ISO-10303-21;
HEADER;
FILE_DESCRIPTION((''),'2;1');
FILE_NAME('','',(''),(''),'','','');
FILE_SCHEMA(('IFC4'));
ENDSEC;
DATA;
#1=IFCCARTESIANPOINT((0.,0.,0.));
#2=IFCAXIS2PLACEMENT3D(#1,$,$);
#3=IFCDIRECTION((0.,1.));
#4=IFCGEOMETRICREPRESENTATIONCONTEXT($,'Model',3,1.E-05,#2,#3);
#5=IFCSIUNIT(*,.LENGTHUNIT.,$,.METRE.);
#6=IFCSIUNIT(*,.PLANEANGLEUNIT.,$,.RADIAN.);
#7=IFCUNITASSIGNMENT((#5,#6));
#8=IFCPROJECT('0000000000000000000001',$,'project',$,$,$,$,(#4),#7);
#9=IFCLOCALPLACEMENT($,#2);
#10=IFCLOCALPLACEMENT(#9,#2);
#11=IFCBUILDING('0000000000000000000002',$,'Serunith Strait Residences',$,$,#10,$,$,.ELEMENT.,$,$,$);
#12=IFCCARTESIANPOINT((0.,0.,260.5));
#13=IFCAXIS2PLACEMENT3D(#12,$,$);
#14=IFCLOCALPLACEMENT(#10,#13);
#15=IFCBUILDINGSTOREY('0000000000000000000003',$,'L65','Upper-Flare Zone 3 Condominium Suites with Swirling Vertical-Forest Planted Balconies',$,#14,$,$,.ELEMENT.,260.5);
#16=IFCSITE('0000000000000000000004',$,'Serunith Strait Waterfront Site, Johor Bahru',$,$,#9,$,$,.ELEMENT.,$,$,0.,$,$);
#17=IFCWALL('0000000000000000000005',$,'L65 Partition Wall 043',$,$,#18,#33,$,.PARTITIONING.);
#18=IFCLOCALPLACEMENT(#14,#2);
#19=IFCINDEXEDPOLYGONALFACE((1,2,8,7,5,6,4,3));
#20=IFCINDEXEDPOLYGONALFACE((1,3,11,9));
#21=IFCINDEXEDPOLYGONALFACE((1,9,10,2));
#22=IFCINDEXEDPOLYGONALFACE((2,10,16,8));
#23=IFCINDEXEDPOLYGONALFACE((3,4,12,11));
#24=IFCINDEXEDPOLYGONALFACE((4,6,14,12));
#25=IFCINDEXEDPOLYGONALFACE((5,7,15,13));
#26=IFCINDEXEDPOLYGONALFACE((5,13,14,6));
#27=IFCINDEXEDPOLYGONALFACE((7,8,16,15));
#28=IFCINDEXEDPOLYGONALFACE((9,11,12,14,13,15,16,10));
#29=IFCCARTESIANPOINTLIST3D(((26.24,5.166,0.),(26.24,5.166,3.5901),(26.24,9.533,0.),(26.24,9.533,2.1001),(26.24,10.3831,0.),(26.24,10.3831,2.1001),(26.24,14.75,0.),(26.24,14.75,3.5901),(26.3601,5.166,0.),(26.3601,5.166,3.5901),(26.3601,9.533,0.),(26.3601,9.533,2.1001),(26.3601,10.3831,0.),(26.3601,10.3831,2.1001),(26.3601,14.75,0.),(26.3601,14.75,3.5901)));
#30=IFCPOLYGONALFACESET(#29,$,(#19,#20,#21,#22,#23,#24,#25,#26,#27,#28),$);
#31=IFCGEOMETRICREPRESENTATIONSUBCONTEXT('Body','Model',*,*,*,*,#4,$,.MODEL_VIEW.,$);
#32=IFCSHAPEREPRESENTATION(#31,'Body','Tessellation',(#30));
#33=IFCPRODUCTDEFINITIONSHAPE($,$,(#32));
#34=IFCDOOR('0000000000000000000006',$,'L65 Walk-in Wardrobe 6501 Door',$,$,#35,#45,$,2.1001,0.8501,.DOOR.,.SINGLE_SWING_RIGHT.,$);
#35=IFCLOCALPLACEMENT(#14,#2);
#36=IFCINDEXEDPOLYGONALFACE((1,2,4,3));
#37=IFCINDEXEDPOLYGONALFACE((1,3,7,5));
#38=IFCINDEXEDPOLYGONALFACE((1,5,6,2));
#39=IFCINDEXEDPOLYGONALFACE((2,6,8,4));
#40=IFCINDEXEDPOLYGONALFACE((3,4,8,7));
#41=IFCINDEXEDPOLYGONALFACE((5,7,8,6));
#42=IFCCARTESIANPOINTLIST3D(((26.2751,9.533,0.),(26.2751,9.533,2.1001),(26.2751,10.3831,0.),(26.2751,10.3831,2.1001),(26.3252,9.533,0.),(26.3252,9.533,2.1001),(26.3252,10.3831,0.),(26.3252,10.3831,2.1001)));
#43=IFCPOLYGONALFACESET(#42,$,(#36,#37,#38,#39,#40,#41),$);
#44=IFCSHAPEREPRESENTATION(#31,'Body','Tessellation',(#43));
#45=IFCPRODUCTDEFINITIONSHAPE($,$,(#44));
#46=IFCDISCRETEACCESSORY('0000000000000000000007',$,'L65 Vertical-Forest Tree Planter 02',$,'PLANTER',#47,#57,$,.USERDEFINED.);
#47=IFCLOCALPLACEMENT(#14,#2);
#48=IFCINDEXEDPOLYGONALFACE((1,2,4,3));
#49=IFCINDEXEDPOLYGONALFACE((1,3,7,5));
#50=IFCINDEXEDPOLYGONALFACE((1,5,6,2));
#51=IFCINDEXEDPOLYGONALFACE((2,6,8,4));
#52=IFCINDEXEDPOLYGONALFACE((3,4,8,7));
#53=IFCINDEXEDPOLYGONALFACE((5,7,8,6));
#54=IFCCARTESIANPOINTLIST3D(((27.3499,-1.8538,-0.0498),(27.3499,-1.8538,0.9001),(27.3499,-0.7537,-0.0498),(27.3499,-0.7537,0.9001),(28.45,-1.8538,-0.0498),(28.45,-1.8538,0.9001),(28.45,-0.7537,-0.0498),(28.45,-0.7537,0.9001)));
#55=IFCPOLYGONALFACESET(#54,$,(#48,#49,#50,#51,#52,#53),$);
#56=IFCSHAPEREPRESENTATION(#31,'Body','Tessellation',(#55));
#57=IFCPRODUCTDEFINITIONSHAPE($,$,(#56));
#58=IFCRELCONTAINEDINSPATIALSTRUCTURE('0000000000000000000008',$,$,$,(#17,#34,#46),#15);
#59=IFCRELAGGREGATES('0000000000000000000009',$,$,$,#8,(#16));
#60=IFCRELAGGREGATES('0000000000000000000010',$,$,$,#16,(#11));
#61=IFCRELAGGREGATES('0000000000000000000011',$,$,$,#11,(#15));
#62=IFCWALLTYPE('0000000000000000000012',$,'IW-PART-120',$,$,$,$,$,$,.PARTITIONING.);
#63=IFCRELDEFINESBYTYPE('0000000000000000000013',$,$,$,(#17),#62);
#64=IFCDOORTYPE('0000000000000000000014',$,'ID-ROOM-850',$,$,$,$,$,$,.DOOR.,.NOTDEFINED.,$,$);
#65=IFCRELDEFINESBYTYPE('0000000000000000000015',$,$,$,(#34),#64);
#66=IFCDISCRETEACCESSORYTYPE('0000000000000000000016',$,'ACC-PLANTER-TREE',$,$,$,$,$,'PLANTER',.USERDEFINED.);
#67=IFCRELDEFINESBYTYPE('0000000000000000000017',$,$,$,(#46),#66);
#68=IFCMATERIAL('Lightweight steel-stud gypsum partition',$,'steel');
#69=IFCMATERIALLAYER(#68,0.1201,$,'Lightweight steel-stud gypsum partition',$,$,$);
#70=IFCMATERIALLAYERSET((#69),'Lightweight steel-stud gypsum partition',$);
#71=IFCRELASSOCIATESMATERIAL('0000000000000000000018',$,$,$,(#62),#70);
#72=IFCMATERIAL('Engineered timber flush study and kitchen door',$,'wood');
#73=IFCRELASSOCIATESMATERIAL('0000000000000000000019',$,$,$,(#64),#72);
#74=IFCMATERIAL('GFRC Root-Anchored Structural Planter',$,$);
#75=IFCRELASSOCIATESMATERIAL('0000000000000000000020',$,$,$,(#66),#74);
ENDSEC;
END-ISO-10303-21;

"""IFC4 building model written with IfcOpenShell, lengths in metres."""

from ifc_helpers import new_model, si_unit, direction, frame, frame_2d, origin, origin_2d, place, context, subcontext, project, spatial, rectangle, extrude, source, transform, mapped, material, layer, layer_set, type_object, element, fill, save


model = new_model("IFC4")

# Units and contexts
model_context = context("Model", 3, precision=1e-05, world=origin(), true_north=direction((0.0, 1.0)))
body_context = subcontext(model_context, "Body", "Model", "MODEL_VIEW")
ifc_project = project(units=[si_unit("LENGTHUNIT", "METRE"), si_unit("PLANEANGLEUNIT", "RADIAN")], contexts=[model_context])

# Site, building, storey
site_placement = place(None, origin())
site = spatial("IfcSite", under=ifc_project, at=site_placement, Name="Serunith Strait Waterfront Site, Johor Bahru", CompositionType="ELEMENT", RefElevation=0.0)
building_placement = place(site_placement, origin())
building = spatial("IfcBuilding", under=site, at=building_placement, Name="Serunith Strait Residences", CompositionType="ELEMENT")
storey_placement = place(building_placement, frame((0.0, 0.0, 260.5)))
storey = spatial("IfcBuildingStorey", under=building, at=storey_placement, Name="L65", Description="Upper-Flare Zone 3 Condominium Suites with Swirling Vertical-Forest Planted Balconies", CompositionType="ELEMENT", Elevation=260.5)

# Shared definitions
ifc_material_1 = material(Name="Lightweight steel-stud gypsum partition", Category="steel")
ifc_layer_1 = layer(ifc_material_1, 0.1201, Name="Lightweight steel-stud gypsum partition")
ifc_layer_set_1 = layer_set([ifc_layer_1], Name="Lightweight steel-stud gypsum partition")
wall_type_1 = type_object("IfcWallType", Name="IW-PART-120", PredefinedType="PARTITIONING", material=ifc_layer_set_1)
ifc_material_2 = material(Name="Engineered timber flush study and kitchen door", Category="wood")
door_type_1 = type_object("IfcDoorType", Name="ID-ROOM-850", OperationType="NOTDEFINED", PredefinedType="DOOR", material=ifc_material_2)
shared_shape_1 = source(origin(), body_context, "Body", "SweptSolid", [
    extrude(rectangle(XDim=0.8501, YDim=2.1001, at=frame_2d((0.425, 1.05))), frame((0.0, 0.0249, 0.0), z_axis=(0.0, -1.0, 0.0), x_axis=(1.0, 0.0, 0.0)), (0.0, 0.0, 1.0), 0.05),
])

# Wall, opening, door
wall_1_placement = place(storey_placement, frame((26.3, 5.166, 0.0), z_axis=(0.0, 0.0, 1.0), x_axis=(0.0, 1.0, 0.0)))
wall_1 = element("IfcWall", 1, at=wall_1_placement, inside=storey, type_object=wall_type_1, Name="L65 Partition Wall 043", PredefinedType="PARTITIONING", context=body_context, shape_type="SweptSolid", body=[
    extrude(rectangle(XDim=9.584, YDim=0.1201, at=frame_2d((4.792, 0.0))), origin(), (0.0, 0.0, 1.0), 3.5901),
])
opening_1_placement = place(wall_1_placement, frame((4.3669, 0.0, 0.0)))
opening_1 = element("IfcOpeningElement", 2, at=opening_1_placement, cuts=wall_1, PredefinedType="OPENING", context=body_context, shape_type="SweptSolid", body=[
    extrude(rectangle(XDim=0.8501, YDim=2.1001, at=frame_2d((0.425, 1.05))), frame((0.0, 0.0701, 0.0), z_axis=(0.0, -1.0, 0.0), x_axis=(1.0, 0.0, 0.0)), (0.0, 0.0, 1.0), 0.1401),
])
door_1_placement = place(opening_1_placement, origin())
door_1 = element("IfcDoor", 3, at=door_1_placement, inside=storey, type_object=door_type_1, Name="L65 Walk-in Wardrobe 6501 Door", OperationType="SINGLE_SWING_RIGHT", OverallHeight=2.1001, OverallWidth=0.8501, PredefinedType="DOOR", context=body_context, shape_type="MappedRepresentation", body=[
    mapped(shared_shape_1, transform((0.0, 0.0, 0.0), scale=1.0)),
])
fill(opening_1, door_1)

# Discrete accessory
ifc_material_3 = material(Name="GFRC Root-Anchored Structural Planter")
discrete_accessory_type = type_object("IfcDiscreteAccessoryType", Name="ACC-PLANTER-TREE", ElementType="PLANTER", PredefinedType="USERDEFINED", material=ifc_material_3)
shared_shape_2 = source(origin(), body_context, "Body", "SweptSolid", [
    extrude(rectangle(XDim=1.1001, YDim=1.1001, at=origin_2d()), origin(), (0.0, 0.0, 1.0), 0.95),
])
discrete_accessory_placement = place(storey_placement, frame((27.8999, -1.3037, -0.0498), z_axis=(0.0, 0.0, 1.0), x_axis=(1.0, 0.0, 0.0)))
element("IfcDiscreteAccessory", 4, at=discrete_accessory_placement, inside=storey, type_object=discrete_accessory_type, Name="L65 Vertical-Forest Tree Planter 02", ObjectType="PLANTER", PredefinedType="USERDEFINED", context=body_context, shape_type="MappedRepresentation", body=[
    mapped(shared_shape_2, transform((0.0, 0.0, 0.0), scale=1.0)),
])

save(model, "model.ifc")
